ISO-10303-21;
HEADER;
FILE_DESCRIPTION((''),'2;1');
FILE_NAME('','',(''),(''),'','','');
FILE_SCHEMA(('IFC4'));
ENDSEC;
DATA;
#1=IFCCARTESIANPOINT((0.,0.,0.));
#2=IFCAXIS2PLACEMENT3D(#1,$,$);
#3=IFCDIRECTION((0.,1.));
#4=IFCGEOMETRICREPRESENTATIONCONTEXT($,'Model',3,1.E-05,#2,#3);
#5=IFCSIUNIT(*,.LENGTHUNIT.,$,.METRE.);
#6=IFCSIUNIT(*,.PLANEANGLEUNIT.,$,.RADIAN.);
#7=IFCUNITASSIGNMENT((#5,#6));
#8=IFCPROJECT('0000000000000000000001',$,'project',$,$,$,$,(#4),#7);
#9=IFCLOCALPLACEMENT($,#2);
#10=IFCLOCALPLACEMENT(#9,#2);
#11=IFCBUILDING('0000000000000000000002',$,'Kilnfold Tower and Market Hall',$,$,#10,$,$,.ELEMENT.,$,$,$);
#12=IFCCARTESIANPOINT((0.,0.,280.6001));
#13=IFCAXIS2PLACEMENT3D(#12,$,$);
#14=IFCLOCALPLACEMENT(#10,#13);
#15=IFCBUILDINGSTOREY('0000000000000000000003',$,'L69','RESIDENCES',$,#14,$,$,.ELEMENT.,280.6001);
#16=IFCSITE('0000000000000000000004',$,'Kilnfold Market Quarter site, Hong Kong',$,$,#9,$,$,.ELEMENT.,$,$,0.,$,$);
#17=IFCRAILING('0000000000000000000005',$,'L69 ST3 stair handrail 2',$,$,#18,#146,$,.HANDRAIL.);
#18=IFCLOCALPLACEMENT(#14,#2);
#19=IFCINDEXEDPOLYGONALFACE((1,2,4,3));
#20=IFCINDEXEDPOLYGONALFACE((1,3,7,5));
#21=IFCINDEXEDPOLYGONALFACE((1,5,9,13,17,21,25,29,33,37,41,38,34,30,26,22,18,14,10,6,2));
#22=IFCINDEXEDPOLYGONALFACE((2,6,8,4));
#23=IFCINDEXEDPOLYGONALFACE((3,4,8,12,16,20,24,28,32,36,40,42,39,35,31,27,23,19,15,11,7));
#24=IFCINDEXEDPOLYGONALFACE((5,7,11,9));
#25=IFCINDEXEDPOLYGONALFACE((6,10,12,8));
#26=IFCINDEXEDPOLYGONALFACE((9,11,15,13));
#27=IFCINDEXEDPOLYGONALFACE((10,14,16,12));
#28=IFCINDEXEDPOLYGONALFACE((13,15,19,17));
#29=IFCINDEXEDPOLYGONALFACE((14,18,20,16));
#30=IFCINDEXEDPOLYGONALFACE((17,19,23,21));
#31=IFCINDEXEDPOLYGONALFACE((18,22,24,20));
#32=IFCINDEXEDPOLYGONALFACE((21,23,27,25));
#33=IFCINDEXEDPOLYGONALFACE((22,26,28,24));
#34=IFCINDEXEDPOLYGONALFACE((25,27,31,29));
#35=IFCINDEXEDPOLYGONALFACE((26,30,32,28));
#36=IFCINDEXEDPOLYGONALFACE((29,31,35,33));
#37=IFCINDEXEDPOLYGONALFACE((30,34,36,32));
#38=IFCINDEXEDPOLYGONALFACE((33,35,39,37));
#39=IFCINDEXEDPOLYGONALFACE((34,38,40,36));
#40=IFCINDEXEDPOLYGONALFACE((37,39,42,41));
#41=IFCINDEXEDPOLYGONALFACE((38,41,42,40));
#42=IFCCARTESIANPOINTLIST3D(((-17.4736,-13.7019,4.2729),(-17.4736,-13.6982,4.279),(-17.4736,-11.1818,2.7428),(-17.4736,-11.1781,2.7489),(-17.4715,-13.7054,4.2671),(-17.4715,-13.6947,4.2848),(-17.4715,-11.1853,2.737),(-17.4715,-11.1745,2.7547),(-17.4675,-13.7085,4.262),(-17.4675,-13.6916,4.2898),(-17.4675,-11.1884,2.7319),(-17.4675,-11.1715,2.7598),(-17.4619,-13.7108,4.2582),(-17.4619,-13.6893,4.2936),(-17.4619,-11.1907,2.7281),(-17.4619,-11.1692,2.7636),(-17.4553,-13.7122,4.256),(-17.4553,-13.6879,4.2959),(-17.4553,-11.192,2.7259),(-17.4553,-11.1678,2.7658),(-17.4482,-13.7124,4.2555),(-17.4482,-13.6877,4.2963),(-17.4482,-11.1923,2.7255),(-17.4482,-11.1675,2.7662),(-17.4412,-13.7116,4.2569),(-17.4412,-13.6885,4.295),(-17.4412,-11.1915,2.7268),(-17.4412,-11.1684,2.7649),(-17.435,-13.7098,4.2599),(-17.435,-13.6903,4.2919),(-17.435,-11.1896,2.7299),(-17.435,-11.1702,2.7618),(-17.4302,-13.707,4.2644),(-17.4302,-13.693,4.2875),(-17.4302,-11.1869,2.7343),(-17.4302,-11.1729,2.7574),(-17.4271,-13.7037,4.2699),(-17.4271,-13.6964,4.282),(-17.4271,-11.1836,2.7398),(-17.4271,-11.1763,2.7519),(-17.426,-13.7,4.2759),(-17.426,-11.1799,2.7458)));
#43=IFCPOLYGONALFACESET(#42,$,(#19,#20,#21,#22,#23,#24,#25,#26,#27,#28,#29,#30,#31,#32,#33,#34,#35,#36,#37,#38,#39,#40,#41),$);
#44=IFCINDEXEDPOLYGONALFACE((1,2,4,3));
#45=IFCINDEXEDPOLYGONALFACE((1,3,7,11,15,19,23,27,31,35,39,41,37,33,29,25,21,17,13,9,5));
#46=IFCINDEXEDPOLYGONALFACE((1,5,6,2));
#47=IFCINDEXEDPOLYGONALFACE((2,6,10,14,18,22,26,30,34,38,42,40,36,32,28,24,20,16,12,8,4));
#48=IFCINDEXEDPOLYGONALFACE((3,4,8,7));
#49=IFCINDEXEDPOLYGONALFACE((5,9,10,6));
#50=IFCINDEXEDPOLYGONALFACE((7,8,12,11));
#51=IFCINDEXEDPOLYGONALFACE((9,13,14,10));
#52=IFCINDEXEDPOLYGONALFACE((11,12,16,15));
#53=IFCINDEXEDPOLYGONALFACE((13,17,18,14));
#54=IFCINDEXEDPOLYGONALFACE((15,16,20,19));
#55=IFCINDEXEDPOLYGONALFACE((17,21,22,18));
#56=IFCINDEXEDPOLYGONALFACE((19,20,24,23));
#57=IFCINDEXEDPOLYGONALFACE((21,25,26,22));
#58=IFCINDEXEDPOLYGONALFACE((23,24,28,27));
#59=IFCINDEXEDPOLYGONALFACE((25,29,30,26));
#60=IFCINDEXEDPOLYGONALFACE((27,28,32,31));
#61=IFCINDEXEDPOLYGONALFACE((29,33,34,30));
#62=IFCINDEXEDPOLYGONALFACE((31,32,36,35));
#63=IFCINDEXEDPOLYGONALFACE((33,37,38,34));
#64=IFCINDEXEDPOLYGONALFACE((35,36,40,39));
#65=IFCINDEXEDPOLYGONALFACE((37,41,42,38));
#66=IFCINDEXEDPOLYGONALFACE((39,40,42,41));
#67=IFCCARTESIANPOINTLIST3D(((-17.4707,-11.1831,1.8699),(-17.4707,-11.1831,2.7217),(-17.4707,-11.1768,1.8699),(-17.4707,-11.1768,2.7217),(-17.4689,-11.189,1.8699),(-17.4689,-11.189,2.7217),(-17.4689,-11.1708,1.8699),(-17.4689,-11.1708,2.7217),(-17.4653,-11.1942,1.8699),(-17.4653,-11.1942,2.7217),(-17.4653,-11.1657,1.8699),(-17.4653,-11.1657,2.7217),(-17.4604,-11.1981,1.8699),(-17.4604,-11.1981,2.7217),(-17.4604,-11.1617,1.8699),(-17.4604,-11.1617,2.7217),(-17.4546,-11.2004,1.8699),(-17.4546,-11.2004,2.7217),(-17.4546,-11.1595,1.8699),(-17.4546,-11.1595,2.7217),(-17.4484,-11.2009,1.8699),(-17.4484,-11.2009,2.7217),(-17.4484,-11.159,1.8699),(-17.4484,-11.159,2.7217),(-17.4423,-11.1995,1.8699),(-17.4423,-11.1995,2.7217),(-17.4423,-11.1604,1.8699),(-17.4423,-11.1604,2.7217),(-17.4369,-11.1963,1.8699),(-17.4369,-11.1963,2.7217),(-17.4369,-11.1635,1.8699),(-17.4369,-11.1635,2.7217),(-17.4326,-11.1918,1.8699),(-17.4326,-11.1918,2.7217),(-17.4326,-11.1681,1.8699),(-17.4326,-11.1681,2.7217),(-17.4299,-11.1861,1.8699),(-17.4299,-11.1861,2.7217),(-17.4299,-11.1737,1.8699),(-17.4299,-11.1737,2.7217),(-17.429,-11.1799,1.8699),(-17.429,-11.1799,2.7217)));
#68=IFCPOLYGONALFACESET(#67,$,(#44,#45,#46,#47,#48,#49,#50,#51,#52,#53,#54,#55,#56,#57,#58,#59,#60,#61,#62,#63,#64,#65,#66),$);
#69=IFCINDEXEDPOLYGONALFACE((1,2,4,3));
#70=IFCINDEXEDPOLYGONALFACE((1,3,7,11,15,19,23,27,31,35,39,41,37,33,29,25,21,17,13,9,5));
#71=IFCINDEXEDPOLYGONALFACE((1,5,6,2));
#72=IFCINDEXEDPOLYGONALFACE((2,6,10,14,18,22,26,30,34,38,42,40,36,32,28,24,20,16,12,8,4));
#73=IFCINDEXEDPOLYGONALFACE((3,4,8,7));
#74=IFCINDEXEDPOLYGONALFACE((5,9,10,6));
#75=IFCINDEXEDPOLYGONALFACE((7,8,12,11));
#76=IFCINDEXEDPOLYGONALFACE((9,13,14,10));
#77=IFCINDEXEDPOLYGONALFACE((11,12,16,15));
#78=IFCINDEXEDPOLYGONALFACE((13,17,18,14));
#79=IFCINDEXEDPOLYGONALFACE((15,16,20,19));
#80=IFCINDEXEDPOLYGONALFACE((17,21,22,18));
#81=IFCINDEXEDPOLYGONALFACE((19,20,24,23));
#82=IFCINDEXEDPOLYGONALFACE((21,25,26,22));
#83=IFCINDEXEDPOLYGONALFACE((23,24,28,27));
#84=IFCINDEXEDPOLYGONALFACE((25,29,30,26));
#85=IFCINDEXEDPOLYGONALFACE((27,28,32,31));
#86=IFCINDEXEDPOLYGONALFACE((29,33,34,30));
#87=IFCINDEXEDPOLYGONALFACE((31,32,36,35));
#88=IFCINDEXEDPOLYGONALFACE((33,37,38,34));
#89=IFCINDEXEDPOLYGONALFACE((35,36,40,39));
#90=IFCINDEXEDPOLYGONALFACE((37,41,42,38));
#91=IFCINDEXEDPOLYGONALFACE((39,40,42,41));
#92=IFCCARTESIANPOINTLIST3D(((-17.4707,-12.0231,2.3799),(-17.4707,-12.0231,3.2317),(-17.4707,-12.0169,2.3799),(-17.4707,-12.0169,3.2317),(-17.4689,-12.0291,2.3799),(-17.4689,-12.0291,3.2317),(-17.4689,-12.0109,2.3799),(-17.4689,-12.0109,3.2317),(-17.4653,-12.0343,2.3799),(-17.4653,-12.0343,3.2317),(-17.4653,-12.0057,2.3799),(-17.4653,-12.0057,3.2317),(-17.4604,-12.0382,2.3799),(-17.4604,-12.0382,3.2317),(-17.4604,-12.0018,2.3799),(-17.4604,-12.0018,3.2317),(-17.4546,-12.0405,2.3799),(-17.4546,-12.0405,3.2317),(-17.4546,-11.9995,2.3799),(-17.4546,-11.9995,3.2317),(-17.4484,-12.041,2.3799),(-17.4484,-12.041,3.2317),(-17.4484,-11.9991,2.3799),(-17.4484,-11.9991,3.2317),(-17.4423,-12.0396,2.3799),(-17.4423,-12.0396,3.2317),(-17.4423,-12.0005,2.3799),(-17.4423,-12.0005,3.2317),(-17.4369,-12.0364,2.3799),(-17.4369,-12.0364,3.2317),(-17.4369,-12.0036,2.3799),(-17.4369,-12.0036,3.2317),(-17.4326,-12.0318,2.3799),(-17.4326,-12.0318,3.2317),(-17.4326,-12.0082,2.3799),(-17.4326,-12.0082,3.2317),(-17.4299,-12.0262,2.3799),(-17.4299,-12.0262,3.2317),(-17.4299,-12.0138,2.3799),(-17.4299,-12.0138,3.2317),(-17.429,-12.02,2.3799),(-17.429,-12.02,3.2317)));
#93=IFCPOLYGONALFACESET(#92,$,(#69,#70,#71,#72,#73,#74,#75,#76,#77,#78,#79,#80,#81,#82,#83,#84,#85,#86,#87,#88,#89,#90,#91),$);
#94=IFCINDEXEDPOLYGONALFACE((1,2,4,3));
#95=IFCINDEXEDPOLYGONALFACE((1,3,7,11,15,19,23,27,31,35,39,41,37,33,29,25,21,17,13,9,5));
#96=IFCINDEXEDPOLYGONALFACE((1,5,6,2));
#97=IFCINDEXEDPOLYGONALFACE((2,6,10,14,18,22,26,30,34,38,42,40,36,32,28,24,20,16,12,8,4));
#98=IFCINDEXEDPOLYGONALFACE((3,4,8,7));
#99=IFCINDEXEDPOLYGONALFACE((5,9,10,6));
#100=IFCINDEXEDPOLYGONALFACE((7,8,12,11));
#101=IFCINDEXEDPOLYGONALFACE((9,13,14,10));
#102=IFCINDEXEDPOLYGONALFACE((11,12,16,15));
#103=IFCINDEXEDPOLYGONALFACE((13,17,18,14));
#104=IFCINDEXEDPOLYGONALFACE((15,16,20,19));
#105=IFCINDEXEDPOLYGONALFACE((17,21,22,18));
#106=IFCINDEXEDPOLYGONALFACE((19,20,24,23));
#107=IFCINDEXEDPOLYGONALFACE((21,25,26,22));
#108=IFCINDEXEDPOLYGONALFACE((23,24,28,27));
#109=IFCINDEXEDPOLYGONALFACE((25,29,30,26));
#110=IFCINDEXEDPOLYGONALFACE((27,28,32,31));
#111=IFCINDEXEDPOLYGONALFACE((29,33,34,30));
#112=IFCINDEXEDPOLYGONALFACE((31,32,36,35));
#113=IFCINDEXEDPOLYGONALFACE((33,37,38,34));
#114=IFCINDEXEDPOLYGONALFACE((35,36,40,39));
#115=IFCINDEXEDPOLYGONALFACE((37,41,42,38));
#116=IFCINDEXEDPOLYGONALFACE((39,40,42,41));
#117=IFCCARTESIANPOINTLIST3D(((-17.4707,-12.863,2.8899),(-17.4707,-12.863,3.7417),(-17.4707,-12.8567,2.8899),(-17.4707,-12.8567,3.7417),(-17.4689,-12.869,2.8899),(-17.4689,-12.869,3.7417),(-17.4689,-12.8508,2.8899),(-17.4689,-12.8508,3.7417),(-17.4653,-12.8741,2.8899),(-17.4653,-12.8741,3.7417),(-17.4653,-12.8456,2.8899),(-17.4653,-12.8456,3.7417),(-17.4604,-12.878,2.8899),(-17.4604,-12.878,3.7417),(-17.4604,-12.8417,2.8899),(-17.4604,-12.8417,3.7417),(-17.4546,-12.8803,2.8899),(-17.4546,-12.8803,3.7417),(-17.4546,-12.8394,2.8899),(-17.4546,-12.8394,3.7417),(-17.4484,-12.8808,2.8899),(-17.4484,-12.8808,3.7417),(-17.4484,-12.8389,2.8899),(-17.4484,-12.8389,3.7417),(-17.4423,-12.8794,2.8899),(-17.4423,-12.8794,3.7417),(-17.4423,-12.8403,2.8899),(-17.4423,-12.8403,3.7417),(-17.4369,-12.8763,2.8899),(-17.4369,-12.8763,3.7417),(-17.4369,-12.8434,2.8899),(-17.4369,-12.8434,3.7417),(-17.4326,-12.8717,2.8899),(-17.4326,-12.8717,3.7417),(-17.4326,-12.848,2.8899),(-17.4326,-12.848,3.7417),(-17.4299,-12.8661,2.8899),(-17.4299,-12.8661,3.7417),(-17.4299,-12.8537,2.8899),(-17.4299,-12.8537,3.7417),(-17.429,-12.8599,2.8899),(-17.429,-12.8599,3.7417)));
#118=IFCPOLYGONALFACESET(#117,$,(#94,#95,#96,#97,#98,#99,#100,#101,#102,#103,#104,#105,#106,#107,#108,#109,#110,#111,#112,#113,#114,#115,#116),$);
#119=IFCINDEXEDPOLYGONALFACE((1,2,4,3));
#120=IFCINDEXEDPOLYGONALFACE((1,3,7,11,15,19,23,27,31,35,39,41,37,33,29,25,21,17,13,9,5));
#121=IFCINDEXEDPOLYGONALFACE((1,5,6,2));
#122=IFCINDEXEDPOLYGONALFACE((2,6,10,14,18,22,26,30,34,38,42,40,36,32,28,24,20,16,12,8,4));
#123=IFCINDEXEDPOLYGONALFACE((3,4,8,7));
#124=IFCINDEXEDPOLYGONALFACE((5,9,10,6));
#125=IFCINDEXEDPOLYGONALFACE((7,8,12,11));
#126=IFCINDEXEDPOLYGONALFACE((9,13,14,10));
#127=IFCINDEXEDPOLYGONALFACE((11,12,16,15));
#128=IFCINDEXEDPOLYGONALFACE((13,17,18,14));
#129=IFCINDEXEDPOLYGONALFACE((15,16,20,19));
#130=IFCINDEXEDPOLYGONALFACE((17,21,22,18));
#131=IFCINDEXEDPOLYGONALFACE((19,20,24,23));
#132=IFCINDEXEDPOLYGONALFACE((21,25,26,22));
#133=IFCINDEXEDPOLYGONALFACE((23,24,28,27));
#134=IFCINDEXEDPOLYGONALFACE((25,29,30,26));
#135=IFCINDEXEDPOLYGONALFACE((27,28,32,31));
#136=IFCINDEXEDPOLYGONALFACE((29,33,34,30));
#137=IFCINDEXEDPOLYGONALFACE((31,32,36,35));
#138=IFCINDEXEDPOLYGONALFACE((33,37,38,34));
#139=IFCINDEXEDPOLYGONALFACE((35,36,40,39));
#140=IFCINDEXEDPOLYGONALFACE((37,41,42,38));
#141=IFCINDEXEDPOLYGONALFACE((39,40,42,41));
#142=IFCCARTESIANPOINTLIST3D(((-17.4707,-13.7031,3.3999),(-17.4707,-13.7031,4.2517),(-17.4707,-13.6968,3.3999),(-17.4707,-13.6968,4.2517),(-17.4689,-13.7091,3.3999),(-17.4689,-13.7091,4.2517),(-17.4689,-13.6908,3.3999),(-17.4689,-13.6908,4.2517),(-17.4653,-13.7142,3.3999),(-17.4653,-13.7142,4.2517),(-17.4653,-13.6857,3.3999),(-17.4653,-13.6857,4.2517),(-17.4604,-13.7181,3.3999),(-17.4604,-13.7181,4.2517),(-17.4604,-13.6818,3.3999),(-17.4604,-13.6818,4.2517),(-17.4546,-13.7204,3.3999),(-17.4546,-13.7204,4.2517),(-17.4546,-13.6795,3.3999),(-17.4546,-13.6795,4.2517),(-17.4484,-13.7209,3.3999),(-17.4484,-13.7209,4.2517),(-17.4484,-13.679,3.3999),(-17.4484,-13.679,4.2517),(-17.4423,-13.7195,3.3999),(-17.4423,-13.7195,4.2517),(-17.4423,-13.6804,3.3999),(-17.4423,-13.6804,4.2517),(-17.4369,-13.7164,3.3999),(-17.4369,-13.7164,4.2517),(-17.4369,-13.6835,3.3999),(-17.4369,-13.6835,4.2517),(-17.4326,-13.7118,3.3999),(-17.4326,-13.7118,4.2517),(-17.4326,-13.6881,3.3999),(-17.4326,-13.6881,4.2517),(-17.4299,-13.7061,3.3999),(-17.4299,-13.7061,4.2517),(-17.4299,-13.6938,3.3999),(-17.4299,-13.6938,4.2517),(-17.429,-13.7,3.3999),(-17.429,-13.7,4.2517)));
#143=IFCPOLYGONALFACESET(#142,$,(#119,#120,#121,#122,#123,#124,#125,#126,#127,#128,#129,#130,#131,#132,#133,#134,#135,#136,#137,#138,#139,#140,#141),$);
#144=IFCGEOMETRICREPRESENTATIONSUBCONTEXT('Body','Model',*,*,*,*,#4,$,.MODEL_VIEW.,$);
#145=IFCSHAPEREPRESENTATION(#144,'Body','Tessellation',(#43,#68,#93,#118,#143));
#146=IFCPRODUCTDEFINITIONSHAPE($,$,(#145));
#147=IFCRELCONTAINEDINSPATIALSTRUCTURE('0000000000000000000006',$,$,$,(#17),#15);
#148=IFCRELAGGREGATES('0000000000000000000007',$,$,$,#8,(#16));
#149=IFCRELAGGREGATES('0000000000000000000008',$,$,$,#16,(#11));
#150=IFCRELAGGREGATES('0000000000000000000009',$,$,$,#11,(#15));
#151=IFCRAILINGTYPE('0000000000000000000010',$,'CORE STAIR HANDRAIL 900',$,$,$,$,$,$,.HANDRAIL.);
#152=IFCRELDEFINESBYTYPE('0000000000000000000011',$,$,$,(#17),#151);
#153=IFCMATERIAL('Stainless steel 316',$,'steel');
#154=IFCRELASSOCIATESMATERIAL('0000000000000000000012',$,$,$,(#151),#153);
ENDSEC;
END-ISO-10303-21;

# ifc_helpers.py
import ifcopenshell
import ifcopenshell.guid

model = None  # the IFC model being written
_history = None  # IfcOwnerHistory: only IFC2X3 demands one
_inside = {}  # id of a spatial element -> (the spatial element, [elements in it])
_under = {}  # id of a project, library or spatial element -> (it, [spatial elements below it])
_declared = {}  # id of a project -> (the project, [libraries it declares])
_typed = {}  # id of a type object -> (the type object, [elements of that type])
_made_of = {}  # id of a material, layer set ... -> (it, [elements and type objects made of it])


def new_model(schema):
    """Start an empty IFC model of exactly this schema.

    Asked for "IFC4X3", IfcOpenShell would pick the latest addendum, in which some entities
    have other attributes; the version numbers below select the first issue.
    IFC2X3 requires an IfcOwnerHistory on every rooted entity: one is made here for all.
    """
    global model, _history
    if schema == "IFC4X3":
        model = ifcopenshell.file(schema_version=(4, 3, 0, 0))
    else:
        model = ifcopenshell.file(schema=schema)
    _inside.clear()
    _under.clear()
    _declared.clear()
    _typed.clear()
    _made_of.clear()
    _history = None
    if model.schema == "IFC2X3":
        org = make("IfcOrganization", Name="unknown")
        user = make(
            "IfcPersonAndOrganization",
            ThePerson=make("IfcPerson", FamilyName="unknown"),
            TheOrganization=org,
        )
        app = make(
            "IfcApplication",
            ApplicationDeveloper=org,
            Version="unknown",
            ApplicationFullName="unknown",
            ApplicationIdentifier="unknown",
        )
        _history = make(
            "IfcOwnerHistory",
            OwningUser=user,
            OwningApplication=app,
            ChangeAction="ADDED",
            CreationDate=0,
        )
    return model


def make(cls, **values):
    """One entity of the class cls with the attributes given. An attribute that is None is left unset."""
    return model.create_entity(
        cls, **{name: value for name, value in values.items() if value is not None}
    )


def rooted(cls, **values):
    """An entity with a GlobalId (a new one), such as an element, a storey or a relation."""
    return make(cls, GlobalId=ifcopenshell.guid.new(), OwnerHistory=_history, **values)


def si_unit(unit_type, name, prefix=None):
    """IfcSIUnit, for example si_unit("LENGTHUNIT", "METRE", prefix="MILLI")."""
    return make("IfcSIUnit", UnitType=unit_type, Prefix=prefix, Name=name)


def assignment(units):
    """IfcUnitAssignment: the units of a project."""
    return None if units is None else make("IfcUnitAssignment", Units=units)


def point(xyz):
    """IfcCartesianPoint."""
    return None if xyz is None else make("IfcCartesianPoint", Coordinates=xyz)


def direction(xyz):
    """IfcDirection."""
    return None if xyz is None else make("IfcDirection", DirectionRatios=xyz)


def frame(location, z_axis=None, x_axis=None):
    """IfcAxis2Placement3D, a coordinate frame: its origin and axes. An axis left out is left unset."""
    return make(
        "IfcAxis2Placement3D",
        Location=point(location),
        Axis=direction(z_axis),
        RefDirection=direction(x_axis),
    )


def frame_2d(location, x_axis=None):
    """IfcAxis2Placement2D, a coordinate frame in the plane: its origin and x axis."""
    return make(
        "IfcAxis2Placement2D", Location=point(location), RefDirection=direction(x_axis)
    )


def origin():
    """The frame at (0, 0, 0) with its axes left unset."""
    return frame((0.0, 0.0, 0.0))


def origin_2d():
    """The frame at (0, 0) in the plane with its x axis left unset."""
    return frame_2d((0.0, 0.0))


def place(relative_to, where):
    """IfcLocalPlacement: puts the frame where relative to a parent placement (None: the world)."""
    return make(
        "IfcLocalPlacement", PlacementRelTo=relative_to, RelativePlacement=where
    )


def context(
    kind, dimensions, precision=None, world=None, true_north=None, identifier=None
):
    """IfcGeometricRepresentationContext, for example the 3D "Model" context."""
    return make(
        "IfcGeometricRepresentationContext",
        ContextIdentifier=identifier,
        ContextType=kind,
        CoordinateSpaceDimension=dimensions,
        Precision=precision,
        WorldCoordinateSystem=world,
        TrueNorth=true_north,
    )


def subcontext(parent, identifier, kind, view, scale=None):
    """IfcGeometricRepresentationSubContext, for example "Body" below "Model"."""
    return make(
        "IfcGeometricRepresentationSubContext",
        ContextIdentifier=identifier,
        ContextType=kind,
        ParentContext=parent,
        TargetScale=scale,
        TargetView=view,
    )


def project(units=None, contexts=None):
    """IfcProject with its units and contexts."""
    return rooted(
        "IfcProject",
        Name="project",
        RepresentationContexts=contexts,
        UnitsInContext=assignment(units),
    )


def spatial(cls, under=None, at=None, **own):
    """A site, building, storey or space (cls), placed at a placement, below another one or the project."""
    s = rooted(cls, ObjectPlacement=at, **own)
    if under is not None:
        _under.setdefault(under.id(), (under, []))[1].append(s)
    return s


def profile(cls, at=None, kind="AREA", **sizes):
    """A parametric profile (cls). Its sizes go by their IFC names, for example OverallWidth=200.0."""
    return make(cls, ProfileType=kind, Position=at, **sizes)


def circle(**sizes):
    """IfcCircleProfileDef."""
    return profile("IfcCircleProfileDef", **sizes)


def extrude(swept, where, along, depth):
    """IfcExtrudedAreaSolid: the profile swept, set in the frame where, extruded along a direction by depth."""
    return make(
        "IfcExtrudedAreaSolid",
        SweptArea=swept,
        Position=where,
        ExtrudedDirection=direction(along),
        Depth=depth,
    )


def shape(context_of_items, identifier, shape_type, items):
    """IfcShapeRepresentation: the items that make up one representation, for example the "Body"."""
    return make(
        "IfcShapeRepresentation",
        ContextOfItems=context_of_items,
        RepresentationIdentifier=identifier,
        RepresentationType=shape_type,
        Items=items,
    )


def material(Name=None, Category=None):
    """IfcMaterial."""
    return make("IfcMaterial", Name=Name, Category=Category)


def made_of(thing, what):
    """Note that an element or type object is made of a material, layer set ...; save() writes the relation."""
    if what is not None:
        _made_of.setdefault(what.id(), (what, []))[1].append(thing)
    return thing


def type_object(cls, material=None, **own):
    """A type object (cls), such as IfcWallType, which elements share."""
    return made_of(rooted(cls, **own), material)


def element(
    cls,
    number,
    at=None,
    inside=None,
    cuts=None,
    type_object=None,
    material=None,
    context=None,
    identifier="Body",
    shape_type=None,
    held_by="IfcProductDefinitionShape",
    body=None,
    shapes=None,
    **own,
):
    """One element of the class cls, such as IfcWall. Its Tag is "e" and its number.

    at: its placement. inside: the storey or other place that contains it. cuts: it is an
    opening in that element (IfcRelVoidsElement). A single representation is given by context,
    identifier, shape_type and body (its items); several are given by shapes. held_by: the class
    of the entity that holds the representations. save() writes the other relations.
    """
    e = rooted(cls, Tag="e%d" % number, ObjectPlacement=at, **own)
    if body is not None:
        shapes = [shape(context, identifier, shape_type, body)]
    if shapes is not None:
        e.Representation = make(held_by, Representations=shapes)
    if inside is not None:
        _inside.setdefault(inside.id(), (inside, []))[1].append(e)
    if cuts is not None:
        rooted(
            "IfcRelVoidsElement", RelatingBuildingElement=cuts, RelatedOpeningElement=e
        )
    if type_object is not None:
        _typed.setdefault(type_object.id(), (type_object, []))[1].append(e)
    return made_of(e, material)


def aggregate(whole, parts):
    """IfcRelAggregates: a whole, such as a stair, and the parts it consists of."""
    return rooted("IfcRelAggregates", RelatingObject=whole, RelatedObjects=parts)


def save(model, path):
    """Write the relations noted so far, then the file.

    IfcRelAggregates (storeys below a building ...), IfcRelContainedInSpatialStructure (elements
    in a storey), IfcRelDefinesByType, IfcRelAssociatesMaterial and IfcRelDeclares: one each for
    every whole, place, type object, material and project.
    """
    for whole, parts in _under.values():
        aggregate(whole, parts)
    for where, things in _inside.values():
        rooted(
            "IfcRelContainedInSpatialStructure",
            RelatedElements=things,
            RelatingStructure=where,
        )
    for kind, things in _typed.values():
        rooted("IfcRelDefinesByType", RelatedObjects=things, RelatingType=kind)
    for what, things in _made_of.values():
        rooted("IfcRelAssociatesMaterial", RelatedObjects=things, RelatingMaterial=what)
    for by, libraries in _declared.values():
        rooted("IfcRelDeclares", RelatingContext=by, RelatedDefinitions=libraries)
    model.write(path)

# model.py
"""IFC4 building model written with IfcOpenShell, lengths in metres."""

from ifc_helpers import new_model, si_unit, direction, frame, origin, origin_2d, place, context, subcontext, project, spatial, circle, extrude, material, type_object, element, save


model = new_model("IFC4")

# Units and contexts
model_context = context("Model", 3, precision=1e-05, world=origin(), true_north=direction((0.0, 1.0)))
body_context = subcontext(model_context, "Body", "Model", "MODEL_VIEW")
ifc_project = project(units=[si_unit("LENGTHUNIT", "METRE"), si_unit("PLANEANGLEUNIT", "RADIAN")], contexts=[model_context])

# Site, building, storey
site_placement = place(None, origin())
site = spatial("IfcSite", under=ifc_project, at=site_placement, Name="Kilnfold Market Quarter site, Hong Kong", CompositionType="ELEMENT", RefElevation=0.0)
building_placement = place(site_placement, origin())
building = spatial("IfcBuilding", under=site, at=building_placement, Name="Kilnfold Tower and Market Hall", CompositionType="ELEMENT")
storey_placement = place(building_placement, frame((0.0, 0.0, 280.6001)))
storey = spatial("IfcBuildingStorey", under=building, at=storey_placement, Name="L69", Description="RESIDENCES", CompositionType="ELEMENT", Elevation=280.6001)

# Railing
ifc_material_1 = material(Name="Stainless steel 316", Category="steel")
railing_type_1 = type_object("IfcRailingType", Name="CORE STAIR HANDRAIL 900", PredefinedType="HANDRAIL", material=ifc_material_1)
railing_1_placement = place(storey_placement, frame((-17.45, -11.1799, 1.8699)))
element("IfcRailing", 1, at=railing_1_placement, inside=storey, type_object=railing_type_1, Name="L69 ST3 stair handrail 2", PredefinedType="HANDRAIL", context=body_context, shape_type="SweptSolid", body=[
    extrude(circle(Radius=0.0239, at=origin_2d()), frame((0.0, 0.0, 0.876), z_axis=(0.0, -0.854785, 0.518982), x_axis=(1.0, 0.0, 0.0)), (0.0, 0.0, 1.0), 2.9482),
    extrude(circle(Radius=0.021, at=origin_2d()), origin(), (0.0, 0.0, 1.0), 0.8518),
    extrude(circle(Radius=0.021, at=origin_2d()), frame((0.0, -0.8401, 0.51)), (0.0, 0.0, 1.0), 0.8518),
    extrude(circle(Radius=0.021, at=origin_2d()), frame((0.0, -1.6799, 1.02)), (0.0, 0.0, 1.0), 0.8518),
    extrude(circle(Radius=0.021, at=origin_2d()), frame((0.0, -2.52, 1.53)), (0.0, 0.0, 1.0), 0.8518),
])

save(model, "model.ifc")
